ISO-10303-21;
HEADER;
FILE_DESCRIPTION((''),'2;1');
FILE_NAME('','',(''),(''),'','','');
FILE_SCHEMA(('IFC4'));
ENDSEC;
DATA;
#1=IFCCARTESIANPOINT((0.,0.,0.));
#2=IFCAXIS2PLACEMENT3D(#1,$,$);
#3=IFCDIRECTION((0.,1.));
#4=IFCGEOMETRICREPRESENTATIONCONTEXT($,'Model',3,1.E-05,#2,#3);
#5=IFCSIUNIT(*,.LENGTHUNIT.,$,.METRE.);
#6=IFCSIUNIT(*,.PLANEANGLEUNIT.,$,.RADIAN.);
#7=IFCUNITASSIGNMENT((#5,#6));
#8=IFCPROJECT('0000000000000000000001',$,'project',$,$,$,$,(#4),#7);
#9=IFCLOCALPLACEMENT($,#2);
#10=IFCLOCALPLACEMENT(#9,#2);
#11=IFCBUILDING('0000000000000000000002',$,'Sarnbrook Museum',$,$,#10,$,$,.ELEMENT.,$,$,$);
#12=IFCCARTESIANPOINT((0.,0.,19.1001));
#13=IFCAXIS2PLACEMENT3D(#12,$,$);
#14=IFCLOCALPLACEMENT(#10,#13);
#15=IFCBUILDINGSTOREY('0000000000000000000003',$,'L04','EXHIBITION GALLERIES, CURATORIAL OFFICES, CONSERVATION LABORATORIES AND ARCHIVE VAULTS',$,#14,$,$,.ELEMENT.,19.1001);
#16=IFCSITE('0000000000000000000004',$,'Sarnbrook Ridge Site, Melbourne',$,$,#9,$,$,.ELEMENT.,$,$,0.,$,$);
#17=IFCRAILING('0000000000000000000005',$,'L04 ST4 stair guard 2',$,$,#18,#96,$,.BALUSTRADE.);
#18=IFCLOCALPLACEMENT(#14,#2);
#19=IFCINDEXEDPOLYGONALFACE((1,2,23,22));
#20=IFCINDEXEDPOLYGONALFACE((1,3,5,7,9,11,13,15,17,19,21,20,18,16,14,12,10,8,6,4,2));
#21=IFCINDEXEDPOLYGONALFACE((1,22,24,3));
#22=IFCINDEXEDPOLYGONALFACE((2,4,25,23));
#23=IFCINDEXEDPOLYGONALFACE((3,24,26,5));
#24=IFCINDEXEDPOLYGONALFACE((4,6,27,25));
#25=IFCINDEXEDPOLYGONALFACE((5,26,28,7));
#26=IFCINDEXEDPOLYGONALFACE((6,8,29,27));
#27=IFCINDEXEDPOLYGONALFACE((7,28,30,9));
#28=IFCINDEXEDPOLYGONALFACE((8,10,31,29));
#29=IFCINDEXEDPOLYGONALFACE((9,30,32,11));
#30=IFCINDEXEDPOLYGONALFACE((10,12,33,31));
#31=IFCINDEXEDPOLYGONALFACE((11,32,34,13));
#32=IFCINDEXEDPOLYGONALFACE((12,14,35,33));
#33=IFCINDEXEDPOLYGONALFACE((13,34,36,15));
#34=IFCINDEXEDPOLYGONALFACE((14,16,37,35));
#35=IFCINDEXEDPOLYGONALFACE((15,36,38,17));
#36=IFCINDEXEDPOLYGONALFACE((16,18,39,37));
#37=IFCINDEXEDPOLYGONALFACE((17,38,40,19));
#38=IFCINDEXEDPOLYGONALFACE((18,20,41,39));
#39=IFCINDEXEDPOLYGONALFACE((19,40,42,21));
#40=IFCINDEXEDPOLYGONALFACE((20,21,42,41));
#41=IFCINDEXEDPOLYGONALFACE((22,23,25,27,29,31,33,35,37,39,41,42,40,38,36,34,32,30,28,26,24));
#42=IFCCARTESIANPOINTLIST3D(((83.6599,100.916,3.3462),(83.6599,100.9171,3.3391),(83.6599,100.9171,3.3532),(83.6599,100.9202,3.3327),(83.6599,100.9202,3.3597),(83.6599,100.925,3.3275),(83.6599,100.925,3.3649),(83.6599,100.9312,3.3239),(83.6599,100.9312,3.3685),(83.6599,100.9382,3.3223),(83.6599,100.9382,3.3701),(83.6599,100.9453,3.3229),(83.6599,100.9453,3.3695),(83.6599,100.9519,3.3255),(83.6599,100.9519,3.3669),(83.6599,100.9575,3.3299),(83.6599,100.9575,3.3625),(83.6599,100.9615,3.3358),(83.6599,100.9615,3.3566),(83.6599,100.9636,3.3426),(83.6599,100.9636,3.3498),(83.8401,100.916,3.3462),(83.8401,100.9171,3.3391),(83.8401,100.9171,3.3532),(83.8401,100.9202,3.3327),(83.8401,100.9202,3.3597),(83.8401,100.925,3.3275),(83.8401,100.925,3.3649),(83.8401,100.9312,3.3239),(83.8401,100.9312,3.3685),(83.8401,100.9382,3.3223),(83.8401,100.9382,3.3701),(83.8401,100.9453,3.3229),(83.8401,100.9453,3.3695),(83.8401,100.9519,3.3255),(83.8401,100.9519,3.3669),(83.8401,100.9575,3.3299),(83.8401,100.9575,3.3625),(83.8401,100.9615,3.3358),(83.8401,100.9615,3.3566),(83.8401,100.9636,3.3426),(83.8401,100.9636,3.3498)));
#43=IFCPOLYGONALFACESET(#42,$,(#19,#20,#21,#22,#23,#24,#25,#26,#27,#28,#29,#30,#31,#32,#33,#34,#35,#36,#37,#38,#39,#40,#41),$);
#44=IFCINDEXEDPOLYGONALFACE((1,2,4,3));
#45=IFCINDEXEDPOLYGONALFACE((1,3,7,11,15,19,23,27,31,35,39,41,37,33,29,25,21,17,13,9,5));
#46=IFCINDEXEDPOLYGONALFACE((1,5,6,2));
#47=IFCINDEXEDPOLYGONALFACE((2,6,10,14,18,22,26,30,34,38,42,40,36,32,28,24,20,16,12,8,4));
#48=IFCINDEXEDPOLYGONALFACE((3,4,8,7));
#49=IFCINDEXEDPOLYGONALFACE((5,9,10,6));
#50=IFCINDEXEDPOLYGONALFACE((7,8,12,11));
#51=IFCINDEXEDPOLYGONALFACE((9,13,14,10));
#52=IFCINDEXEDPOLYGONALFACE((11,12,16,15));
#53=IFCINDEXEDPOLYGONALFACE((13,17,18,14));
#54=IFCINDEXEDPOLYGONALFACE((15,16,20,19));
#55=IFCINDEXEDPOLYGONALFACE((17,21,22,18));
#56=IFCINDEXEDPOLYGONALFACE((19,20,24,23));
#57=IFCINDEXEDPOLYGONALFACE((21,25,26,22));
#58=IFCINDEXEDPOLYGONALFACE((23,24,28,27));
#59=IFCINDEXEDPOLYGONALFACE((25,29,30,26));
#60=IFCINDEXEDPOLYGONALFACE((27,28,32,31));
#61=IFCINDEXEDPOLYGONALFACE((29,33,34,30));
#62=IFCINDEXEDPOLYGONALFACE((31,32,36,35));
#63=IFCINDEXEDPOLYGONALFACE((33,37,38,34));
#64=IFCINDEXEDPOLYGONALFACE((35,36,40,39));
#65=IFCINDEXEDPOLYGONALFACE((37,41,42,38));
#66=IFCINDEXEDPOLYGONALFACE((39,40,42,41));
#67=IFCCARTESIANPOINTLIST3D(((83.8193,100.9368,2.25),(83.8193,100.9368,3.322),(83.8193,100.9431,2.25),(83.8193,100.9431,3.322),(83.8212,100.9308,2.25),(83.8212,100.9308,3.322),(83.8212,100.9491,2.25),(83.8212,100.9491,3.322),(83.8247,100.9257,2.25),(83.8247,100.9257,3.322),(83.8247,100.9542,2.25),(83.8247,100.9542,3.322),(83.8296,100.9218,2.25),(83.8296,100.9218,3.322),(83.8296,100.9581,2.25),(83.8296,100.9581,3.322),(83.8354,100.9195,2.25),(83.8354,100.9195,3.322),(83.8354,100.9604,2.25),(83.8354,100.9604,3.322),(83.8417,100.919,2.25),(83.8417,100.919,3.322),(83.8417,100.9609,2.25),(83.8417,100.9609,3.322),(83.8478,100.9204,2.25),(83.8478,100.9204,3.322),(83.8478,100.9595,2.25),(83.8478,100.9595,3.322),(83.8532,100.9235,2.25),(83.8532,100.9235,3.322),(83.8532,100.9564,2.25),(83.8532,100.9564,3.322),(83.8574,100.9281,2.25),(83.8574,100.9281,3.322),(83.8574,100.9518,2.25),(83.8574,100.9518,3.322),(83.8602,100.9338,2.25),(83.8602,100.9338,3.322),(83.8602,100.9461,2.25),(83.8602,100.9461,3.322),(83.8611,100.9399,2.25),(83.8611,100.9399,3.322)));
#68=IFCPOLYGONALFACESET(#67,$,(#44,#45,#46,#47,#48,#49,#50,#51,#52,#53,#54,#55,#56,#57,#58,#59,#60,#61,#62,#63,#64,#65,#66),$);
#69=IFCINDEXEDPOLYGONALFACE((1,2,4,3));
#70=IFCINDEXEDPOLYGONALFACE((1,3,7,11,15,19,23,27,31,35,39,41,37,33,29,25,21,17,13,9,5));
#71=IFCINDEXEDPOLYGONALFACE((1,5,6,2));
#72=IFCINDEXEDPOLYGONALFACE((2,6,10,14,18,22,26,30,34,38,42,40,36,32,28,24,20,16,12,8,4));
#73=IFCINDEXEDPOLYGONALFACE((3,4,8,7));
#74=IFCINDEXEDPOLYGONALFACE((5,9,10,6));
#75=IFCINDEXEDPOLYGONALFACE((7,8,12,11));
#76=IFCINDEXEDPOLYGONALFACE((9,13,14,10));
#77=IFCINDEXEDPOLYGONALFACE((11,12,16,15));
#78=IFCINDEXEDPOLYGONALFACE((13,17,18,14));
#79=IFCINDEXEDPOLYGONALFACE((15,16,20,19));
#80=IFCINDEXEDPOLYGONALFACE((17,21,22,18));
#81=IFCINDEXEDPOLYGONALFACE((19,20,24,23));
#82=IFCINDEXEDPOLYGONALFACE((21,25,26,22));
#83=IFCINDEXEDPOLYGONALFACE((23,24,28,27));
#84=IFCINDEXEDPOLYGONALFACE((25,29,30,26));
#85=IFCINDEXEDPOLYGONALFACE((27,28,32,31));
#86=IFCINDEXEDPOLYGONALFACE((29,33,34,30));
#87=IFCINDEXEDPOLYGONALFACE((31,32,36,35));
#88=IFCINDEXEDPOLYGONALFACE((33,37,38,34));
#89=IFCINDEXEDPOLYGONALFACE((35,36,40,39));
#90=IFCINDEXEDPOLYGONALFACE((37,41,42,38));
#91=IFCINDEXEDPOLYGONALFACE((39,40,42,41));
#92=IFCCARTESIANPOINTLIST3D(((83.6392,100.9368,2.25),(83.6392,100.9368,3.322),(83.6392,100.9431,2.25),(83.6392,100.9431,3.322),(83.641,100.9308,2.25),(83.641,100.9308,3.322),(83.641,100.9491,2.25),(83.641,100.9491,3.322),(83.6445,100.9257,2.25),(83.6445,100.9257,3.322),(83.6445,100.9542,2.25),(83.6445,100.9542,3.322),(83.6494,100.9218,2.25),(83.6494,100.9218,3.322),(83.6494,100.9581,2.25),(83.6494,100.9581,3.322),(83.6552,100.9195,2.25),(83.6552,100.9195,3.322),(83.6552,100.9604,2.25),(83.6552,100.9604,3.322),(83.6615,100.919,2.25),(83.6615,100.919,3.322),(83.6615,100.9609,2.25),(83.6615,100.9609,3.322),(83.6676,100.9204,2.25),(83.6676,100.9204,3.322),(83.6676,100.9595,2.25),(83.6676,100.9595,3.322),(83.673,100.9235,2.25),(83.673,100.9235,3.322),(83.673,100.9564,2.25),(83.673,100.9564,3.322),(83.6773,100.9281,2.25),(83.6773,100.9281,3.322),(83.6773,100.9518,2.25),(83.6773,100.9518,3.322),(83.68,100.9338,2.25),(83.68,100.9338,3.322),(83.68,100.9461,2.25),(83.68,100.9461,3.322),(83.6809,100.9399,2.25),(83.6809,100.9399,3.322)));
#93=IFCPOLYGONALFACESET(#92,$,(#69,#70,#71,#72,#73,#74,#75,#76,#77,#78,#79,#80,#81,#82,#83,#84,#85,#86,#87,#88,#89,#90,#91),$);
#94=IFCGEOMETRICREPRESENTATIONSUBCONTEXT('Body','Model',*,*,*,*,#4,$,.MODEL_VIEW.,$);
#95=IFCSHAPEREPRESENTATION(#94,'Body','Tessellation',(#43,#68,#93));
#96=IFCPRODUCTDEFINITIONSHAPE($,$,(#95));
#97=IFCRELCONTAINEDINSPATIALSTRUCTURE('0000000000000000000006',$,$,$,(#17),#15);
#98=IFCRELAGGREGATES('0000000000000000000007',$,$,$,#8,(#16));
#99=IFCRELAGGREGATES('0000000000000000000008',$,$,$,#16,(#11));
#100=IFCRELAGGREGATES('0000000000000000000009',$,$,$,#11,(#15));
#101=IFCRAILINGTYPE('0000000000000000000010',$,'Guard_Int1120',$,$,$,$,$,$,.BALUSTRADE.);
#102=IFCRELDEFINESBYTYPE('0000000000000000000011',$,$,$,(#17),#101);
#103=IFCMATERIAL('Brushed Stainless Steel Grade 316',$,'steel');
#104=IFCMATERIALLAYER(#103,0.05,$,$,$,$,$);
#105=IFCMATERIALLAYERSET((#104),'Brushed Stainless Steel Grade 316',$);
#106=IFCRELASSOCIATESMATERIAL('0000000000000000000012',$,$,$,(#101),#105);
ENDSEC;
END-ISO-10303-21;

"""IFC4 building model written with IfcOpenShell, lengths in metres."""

from ifc_helpers import new_model, si_unit, direction, frame, origin, origin_2d, place, context, subcontext, project, spatial, circle, extrude, material, layer, layer_set, type_object, element, save


model = new_model("IFC4")

# Units and contexts
model_context = context("Model", 3, precision=1e-05, world=origin(), true_north=direction((0.0, 1.0)))
body_context = subcontext(model_context, "Body", "Model", "MODEL_VIEW")
ifc_project = project(units=[si_unit("LENGTHUNIT", "METRE"), si_unit("PLANEANGLEUNIT", "RADIAN")], contexts=[model_context])

# Site, building, storey
site_placement = place(None, origin())
site = spatial("IfcSite", under=ifc_project, at=site_placement, Name="Sarnbrook Ridge Site, Melbourne", CompositionType="ELEMENT", RefElevation=0.0)
building_placement = place(site_placement, origin())
building = spatial("IfcBuilding", under=site, at=building_placement, Name="Sarnbrook Museum", CompositionType="ELEMENT")
storey_placement = place(building_placement, frame((0.0, 0.0, 19.1001)))
storey = spatial("IfcBuildingStorey", under=building, at=storey_placement, Name="L04", Description="EXHIBITION GALLERIES, CURATORIAL OFFICES, CONSERVATION LABORATORIES AND ARCHIVE VAULTS", CompositionType="ELEMENT", Elevation=19.1001)

# Shared definitions
ifc_material_1 = material(Name="Brushed Stainless Steel Grade 316", Category="steel")

# Railing
ifc_layer_1 = layer(ifc_material_1, 0.05)
ifc_layer_set_1 = layer_set([ifc_layer_1], Name="Brushed Stainless Steel Grade 316")
railing_type = type_object("IfcRailingType", Name="Guard_Int1120", PredefinedType="BALUSTRADE", material=ifc_layer_set_1)
railing_1_placement = place(storey_placement, frame((83.8401, 100.9399, 2.25)))
element("IfcRailing", 1, at=railing_1_placement, inside=storey, type_object=railing_type, Name="L04 ST4 stair guard 2", PredefinedType="BALUSTRADE", context=body_context, shape_type="SweptSolid", body=[
    extrude(circle(Radius=0.0239, at=origin_2d()), frame((0.0, 0.0, 1.0962), z_axis=(-1.0, 0.0, 0.0), x_axis=(0.0, -1.0, 0.0)), (0.0, 0.0, 1.0), 0.1802),
    extrude(circle(Radius=0.021, at=origin_2d()), origin(), (0.0, 0.0, 1.0), 1.072),
    extrude(circle(Radius=0.021, at=origin_2d()), frame((-0.1802, 0.0, 0.0)), (0.0, 0.0, 1.0), 1.072),
])

save(model, "model.ifc")
